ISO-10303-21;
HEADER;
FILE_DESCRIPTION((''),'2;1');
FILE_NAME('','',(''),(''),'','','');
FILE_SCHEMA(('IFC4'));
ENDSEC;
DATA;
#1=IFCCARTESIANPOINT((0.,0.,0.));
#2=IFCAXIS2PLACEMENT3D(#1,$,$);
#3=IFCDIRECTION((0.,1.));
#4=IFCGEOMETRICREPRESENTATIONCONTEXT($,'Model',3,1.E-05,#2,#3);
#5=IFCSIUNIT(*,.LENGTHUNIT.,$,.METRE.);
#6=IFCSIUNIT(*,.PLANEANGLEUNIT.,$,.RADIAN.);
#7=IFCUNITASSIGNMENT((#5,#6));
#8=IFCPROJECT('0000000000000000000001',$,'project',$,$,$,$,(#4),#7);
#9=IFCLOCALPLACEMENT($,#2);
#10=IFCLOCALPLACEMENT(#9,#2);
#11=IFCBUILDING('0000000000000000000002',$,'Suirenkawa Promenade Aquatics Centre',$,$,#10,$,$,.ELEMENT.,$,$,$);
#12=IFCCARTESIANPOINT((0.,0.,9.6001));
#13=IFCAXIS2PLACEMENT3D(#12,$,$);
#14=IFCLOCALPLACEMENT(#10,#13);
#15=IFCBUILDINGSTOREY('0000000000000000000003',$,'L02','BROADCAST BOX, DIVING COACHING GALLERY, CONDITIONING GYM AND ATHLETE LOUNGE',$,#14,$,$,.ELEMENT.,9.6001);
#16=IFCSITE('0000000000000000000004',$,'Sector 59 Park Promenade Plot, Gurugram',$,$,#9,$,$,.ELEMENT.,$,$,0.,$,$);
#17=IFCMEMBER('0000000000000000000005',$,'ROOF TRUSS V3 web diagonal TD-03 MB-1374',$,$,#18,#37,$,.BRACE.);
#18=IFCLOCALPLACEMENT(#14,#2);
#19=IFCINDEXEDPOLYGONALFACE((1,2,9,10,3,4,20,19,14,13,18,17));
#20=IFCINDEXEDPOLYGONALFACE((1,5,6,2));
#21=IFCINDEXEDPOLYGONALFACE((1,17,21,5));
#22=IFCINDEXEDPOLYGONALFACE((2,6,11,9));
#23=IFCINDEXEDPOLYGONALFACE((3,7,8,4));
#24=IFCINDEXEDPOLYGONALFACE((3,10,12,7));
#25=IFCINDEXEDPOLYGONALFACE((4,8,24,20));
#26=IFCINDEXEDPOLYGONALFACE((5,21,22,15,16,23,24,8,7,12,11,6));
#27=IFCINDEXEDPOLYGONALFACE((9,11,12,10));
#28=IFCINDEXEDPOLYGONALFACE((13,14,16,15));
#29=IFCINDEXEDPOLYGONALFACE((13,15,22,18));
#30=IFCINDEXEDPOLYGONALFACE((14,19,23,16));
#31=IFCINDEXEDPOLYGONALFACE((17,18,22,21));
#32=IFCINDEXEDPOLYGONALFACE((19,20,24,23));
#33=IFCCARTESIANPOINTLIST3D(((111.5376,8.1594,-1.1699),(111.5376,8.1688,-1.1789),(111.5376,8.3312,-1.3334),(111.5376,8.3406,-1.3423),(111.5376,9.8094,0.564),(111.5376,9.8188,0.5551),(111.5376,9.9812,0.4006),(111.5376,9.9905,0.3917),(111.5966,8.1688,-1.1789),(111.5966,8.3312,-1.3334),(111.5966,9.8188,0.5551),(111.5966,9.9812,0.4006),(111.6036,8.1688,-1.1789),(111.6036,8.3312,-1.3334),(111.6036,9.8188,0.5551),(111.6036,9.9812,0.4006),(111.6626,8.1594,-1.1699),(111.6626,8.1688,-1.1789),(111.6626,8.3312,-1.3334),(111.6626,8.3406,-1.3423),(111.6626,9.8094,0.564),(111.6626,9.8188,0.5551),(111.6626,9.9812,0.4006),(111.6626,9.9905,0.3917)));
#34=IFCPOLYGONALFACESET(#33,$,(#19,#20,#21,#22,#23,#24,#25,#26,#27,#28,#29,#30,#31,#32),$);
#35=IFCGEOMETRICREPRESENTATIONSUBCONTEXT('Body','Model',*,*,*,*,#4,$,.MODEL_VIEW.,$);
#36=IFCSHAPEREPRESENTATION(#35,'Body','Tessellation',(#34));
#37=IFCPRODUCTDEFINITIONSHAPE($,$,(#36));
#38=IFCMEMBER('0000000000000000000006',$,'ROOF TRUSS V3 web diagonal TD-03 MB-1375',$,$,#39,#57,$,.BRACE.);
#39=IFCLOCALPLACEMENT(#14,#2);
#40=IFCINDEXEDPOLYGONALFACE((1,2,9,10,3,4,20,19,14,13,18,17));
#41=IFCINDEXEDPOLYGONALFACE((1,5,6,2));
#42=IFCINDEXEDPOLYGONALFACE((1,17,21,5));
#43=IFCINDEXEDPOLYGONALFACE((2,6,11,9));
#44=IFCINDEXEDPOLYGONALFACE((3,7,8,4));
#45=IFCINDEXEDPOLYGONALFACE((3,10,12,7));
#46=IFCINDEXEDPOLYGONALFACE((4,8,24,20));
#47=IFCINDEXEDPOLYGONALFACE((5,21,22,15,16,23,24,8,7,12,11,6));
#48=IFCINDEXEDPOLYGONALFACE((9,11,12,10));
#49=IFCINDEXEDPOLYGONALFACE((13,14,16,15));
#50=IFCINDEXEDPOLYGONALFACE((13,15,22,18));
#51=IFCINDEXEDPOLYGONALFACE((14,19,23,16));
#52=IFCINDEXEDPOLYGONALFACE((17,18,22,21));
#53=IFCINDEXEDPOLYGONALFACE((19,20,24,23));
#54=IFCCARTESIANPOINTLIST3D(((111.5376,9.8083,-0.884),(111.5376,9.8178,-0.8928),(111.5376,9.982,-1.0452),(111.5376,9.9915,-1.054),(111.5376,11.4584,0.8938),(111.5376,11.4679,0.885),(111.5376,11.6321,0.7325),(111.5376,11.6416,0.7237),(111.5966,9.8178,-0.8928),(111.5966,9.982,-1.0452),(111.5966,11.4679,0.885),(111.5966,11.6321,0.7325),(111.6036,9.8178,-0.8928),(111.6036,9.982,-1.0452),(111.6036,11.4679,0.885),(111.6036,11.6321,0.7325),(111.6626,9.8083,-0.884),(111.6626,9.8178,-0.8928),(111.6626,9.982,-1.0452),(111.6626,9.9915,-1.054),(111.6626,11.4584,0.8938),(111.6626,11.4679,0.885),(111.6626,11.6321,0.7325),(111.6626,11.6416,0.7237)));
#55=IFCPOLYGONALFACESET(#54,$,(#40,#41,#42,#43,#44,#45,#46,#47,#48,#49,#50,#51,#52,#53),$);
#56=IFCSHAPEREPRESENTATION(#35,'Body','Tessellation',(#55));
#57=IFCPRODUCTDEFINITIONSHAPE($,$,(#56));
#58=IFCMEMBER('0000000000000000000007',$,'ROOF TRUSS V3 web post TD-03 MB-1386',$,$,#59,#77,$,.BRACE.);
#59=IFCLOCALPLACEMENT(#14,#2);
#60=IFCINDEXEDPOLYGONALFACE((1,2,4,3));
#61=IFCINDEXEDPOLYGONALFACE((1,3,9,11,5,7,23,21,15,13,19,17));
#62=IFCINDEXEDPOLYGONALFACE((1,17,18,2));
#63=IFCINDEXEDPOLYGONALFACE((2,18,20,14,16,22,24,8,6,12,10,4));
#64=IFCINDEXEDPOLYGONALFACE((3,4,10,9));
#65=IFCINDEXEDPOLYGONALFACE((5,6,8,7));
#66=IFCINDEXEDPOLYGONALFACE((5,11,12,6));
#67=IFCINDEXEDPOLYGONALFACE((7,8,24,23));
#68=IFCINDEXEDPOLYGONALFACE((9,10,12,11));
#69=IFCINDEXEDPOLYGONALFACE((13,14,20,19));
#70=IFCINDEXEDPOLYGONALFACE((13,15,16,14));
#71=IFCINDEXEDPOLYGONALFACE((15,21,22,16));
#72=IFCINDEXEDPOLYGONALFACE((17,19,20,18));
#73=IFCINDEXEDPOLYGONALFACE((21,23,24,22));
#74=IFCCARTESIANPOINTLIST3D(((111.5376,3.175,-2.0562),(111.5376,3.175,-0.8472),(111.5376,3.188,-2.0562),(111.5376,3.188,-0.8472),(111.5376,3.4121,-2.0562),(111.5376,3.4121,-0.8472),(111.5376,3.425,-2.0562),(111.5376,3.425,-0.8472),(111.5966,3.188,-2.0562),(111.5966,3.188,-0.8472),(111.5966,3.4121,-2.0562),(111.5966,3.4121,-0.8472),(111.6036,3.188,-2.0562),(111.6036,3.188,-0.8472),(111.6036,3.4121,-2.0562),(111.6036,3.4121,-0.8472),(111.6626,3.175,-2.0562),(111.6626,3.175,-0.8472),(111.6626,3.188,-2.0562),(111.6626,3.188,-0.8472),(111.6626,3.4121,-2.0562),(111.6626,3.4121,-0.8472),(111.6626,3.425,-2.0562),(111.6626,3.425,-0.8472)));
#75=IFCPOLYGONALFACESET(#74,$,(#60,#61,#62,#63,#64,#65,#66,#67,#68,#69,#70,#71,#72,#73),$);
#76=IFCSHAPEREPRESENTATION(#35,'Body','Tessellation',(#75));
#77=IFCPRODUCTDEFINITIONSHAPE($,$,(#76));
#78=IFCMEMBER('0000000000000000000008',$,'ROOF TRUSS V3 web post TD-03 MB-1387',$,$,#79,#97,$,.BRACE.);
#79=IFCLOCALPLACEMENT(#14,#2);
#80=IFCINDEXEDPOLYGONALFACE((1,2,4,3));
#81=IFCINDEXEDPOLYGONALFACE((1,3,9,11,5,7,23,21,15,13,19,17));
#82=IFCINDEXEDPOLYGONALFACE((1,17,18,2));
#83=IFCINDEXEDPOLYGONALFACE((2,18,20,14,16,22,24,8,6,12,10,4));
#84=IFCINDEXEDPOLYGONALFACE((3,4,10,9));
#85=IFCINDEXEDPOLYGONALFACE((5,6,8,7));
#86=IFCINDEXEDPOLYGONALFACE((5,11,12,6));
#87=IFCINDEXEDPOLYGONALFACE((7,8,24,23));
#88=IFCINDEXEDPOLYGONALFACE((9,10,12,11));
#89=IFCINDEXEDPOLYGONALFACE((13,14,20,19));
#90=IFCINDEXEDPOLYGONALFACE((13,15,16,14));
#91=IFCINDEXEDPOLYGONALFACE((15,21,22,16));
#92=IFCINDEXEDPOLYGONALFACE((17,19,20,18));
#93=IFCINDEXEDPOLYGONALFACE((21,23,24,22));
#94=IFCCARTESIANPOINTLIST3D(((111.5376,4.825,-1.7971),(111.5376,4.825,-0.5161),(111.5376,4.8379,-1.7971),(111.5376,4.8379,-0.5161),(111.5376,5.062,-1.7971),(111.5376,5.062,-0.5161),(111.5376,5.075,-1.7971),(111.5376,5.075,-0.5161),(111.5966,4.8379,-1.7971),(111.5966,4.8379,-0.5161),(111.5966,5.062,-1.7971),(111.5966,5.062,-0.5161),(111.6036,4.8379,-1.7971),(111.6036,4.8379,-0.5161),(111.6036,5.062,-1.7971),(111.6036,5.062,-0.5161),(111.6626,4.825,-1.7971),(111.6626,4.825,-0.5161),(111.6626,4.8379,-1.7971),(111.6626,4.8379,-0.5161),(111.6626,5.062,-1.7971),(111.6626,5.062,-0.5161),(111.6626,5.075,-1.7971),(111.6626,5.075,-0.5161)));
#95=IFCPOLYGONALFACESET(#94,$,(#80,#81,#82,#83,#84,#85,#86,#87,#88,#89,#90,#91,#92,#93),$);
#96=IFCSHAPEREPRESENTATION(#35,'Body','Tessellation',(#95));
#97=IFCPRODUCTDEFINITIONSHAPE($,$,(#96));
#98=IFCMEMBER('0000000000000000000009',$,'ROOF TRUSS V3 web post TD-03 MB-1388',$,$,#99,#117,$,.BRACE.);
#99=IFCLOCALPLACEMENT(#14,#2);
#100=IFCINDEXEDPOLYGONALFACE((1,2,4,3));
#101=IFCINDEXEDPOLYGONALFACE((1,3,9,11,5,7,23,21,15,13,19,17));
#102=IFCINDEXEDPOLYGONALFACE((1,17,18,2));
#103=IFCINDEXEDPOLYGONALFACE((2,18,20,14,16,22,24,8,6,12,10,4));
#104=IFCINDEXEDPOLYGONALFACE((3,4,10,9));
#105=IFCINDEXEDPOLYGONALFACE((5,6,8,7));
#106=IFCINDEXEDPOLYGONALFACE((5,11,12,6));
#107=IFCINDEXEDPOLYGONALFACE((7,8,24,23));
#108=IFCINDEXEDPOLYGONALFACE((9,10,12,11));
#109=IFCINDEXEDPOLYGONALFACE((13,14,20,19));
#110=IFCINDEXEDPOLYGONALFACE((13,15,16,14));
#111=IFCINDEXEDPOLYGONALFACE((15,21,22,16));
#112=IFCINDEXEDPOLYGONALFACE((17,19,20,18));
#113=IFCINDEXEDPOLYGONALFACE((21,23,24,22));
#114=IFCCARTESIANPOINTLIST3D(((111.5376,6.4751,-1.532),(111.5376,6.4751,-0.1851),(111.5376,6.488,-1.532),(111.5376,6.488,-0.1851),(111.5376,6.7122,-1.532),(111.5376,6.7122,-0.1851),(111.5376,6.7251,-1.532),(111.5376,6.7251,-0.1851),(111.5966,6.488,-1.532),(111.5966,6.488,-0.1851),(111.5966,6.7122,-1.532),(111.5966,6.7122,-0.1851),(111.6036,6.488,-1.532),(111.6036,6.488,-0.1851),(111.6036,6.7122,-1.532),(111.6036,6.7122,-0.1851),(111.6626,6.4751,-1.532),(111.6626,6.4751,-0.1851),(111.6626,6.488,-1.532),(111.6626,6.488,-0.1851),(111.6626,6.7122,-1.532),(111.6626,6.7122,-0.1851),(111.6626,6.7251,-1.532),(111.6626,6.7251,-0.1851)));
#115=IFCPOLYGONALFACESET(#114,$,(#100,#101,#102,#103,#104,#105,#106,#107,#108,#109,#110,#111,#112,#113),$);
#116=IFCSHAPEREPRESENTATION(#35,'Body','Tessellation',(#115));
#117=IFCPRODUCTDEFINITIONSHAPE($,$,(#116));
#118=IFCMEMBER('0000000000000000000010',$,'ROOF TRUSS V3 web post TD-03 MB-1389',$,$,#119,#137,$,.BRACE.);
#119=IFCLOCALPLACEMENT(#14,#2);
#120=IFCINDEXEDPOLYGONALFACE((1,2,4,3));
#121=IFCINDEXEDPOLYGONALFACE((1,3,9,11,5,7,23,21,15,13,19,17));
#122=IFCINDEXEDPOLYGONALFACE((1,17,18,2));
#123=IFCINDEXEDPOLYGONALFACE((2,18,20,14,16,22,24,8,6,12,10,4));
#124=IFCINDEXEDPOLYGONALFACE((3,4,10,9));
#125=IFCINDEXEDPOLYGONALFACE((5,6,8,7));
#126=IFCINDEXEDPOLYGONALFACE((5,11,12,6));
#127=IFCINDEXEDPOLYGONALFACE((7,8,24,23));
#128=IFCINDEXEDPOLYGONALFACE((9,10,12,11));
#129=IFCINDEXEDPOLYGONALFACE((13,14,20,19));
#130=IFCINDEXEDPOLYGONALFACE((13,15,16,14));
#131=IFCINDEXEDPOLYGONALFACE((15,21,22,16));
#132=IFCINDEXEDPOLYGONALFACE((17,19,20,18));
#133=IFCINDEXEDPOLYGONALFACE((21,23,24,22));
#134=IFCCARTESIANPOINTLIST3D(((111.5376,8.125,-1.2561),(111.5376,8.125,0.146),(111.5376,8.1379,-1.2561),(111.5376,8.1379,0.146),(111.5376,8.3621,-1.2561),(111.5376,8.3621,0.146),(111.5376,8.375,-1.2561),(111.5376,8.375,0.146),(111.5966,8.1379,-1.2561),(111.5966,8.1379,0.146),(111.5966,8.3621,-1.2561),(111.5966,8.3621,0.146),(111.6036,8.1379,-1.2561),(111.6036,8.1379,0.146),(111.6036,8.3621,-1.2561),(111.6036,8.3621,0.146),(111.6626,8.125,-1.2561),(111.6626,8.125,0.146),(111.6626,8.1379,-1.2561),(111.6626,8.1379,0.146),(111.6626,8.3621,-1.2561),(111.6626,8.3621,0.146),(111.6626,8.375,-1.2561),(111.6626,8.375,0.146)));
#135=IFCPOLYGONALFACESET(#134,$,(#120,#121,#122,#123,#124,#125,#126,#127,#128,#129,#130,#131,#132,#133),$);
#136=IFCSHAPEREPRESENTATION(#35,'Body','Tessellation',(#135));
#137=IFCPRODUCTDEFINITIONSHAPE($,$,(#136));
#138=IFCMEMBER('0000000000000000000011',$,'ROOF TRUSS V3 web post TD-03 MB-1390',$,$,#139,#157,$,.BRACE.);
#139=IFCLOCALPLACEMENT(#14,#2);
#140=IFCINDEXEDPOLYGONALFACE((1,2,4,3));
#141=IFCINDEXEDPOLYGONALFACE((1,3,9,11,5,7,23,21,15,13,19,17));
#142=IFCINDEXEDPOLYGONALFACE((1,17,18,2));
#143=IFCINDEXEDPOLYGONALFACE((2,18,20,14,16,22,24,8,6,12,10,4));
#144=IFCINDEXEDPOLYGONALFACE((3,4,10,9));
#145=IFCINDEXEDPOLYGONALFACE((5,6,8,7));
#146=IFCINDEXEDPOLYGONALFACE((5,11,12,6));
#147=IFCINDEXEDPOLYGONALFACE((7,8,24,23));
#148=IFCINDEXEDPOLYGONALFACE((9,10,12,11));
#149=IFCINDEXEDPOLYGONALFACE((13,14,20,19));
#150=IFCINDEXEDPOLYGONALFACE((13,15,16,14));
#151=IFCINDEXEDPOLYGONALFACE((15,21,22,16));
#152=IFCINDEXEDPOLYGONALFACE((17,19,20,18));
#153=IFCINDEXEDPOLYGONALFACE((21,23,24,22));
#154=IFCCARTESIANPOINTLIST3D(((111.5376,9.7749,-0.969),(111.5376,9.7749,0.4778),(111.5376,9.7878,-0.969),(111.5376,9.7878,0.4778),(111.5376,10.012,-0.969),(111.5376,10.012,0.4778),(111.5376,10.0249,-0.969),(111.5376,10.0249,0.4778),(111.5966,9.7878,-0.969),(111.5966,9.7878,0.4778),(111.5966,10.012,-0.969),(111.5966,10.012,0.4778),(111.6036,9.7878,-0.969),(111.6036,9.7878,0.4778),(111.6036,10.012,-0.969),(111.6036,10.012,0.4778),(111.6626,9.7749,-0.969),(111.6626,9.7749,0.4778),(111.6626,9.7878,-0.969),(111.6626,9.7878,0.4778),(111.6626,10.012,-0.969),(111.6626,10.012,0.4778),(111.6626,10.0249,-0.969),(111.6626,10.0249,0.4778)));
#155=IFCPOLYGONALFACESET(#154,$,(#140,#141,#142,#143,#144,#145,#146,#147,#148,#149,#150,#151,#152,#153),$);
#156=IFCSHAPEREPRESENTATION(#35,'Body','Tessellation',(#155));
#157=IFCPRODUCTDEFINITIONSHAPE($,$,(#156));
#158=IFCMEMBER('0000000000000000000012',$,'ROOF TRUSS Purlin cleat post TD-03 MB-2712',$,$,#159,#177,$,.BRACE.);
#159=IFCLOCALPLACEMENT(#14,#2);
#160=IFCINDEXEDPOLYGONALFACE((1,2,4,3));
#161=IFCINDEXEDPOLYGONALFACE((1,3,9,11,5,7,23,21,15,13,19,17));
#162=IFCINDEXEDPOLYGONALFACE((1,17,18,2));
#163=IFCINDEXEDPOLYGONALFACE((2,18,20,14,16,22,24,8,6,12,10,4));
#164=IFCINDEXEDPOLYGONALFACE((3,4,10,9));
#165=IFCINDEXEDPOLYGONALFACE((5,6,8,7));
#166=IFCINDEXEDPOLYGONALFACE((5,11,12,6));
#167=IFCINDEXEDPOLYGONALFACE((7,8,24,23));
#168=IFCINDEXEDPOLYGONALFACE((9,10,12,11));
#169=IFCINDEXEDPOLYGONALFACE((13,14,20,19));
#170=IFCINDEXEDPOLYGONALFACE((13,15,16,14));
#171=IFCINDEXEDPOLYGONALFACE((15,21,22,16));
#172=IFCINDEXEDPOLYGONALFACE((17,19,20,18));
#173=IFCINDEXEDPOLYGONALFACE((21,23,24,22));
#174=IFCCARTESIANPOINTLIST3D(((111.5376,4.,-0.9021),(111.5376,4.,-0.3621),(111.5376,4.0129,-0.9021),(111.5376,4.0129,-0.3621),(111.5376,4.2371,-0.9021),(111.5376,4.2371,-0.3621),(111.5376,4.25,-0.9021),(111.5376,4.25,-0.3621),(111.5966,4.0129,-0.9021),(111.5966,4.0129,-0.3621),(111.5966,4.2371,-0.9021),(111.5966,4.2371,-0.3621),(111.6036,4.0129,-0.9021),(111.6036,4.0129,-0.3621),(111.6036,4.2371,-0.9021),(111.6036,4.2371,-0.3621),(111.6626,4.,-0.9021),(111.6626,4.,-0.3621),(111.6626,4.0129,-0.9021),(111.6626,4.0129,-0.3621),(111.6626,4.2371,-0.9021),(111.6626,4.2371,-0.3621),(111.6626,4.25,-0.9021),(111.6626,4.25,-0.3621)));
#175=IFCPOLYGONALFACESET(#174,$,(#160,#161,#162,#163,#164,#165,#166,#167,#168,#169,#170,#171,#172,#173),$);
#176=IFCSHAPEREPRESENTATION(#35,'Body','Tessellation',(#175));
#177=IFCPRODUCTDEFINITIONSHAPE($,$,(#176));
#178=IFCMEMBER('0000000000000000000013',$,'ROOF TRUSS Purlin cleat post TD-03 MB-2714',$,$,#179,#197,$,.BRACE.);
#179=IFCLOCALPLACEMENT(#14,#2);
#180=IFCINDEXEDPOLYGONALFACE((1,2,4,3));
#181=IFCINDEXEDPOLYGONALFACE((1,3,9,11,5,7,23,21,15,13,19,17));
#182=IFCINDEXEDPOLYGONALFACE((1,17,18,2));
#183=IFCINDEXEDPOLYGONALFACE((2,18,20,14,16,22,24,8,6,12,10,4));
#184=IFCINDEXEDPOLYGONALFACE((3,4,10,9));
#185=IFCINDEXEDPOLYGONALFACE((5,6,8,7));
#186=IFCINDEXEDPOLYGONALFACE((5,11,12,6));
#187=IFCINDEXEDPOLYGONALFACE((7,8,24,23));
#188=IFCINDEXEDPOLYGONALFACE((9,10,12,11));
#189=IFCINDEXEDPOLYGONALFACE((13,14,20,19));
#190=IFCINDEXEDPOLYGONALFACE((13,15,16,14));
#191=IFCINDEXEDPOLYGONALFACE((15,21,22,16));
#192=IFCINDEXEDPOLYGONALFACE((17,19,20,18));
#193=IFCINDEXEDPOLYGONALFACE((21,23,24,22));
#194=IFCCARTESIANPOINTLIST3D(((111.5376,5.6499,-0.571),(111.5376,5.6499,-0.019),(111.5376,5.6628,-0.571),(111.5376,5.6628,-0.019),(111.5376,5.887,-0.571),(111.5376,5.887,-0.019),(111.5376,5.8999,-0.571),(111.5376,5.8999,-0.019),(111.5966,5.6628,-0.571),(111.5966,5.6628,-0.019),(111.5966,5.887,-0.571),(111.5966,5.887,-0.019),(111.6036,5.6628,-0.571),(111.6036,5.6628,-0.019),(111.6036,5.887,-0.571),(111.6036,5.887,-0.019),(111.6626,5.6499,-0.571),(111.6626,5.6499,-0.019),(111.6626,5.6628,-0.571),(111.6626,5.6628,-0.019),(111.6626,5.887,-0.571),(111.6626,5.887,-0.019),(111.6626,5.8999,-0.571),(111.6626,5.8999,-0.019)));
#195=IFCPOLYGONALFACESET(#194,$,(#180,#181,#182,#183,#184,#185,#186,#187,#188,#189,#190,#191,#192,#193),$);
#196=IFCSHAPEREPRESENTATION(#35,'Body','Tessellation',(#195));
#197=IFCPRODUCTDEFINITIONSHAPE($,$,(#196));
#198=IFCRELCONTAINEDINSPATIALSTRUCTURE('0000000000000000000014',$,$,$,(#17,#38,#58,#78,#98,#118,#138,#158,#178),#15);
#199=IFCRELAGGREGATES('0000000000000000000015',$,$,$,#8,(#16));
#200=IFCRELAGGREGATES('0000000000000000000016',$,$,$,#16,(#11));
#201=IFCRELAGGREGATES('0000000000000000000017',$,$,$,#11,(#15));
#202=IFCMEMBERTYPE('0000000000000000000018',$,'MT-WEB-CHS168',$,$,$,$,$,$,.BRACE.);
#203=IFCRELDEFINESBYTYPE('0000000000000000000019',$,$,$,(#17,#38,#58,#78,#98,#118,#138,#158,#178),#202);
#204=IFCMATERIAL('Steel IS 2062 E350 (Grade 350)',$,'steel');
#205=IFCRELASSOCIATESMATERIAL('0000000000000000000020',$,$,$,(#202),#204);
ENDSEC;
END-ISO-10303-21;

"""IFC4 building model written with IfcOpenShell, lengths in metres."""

from ifc_helpers import new_model, si_unit, direction, frame, origin, origin_2d, place, context, subcontext, project, spatial, i_section, extrude, material, material_profile, profile_set, type_object, element, save


model = new_model("IFC4")

# Units and contexts
model_context = context("Model", 3, precision=1e-05, world=origin(), true_north=direction((0.0, 1.0)))
body_context = subcontext(model_context, "Body", "Model", "MODEL_VIEW")
ifc_project = project(units=[si_unit("LENGTHUNIT", "METRE"), si_unit("PLANEANGLEUNIT", "RADIAN")], contexts=[model_context])

# Site, building, storey
site_placement = place(None, origin())
site = spatial("IfcSite", under=ifc_project, at=site_placement, Name="Sector 59 Park Promenade Plot, Gurugram", CompositionType="ELEMENT", RefElevation=0.0)
building_placement = place(site_placement, origin())
building = spatial("IfcBuilding", under=site, at=building_placement, Name="Suirenkawa Promenade Aquatics Centre", CompositionType="ELEMENT")
storey_placement = place(building_placement, frame((0.0, 0.0, 9.6001)))
storey = spatial("IfcBuildingStorey", under=building, at=storey_placement, Name="L02", Description="BROADCAST BOX, DIVING COACHING GALLERY, CONDITIONING GYM AND ATHLETE LOUNGE", CompositionType="ELEMENT", Elevation=9.6001)

# Shared definitions
ifc_material = material(Name="Steel IS 2062 E350 (Grade 350)", Category="steel")

# Members
ifc_material_profile_1 = material_profile(ifc_material, i_section(OverallWidth=0.125, OverallDepth=0.25, WebThickness=0.0071, FlangeThickness=0.0129, at=origin_2d()), Name="ISMB 250", Category="steel")
ifc_profile_set_1 = profile_set([ifc_material_profile_1], Name="Steel IS 2062 E350 (Grade 350)")
member_type_1 = type_object("IfcMemberType", Name="MT-WEB-CHS168", PredefinedType="BRACE", material=ifc_profile_set_1)
member_1_placement = place(storey_placement, frame((111.6001, 8.25, -1.2561), z_axis=(0.0, 0.689344, 0.724434), x_axis=(-1.0, 0.0, 0.0)))
element("IfcMember", 1, at=member_1_placement, inside=storey, type_object=member_type_1, Name="ROOF TRUSS V3 web diagonal TD-03 MB-1374", PredefinedType="BRACE", context=body_context, shape_type="SweptSolid", body=[
    extrude(i_section(OverallWidth=0.125, OverallDepth=0.25, WebThickness=0.0071, FlangeThickness=0.0129, at=origin_2d()), origin(), (0.0, 0.0, 1.0), 2.3936),
])
member_2_placement = place(storey_placement, frame((111.6001, 9.8999, -0.969), z_axis=(0.0, 0.680297, 0.732937), x_axis=(-1.0, 0.0, 0.0)))
element("IfcMember", 2, at=member_2_placement, inside=storey, type_object=member_type_1, Name="ROOF TRUSS V3 web diagonal TD-03 MB-1375", PredefinedType="BRACE", context=body_context, shape_type="SweptSolid", body=[
    extrude(i_section(OverallWidth=0.125, OverallDepth=0.25, WebThickness=0.0071, FlangeThickness=0.0129, at=origin_2d()), origin(), (0.0, 0.0, 1.0), 2.4255),
])
member_3_placement = place(storey_placement, frame((111.6001, 3.3, -2.0562), z_axis=(0.0, 0.0, 1.0), x_axis=(1.0, 0.0, 0.0)))
element("IfcMember", 3, at=member_3_placement, inside=storey, type_object=member_type_1, Name="ROOF TRUSS V3 web post TD-03 MB-1386", PredefinedType="BRACE", context=body_context, shape_type="SweptSolid", body=[
    extrude(i_section(OverallWidth=0.125, OverallDepth=0.25, WebThickness=0.0071, FlangeThickness=0.0129, at=origin_2d()), origin(), (0.0, 0.0, 1.0), 1.209),
])
member_4_placement = place(storey_placement, frame((111.6001, 4.95, -1.7971), z_axis=(0.0, 0.0, 1.0), x_axis=(1.0, 0.0, 0.0)))
element("IfcMember", 4, at=member_4_placement, inside=storey, type_object=member_type_1, Name="ROOF TRUSS V3 web post TD-03 MB-1387", PredefinedType="BRACE", context=body_context, shape_type="SweptSolid", body=[
    extrude(i_section(OverallWidth=0.125, OverallDepth=0.25, WebThickness=0.0071, FlangeThickness=0.0129, at=origin_2d()), origin(), (0.0, 0.0, 1.0), 1.281),
])
member_5_placement = place(storey_placement, frame((111.6001, 6.6001, -1.532), z_axis=(0.0, 0.0, 1.0), x_axis=(1.0, 0.0, 0.0)))
element("IfcMember", 5, at=member_5_placement, inside=storey, type_object=member_type_1, Name="ROOF TRUSS V3 web post TD-03 MB-1388", PredefinedType="BRACE", context=body_context, shape_type="SweptSolid", body=[
    extrude(i_section(OverallWidth=0.125, OverallDepth=0.25, WebThickness=0.0071, FlangeThickness=0.0129, at=origin_2d()), origin(), (0.0, 0.0, 1.0), 1.3469),
])
member_6_placement = place(storey_placement, frame((111.6001, 8.25, -1.2561), z_axis=(0.0, 0.0, 1.0), x_axis=(1.0, 0.0, 0.0)))
element("IfcMember", 6, at=member_6_placement, inside=storey, type_object=member_type_1, Name="ROOF TRUSS V3 web post TD-03 MB-1389", PredefinedType="BRACE", context=body_context, shape_type="SweptSolid", body=[
    extrude(i_section(OverallWidth=0.125, OverallDepth=0.25, WebThickness=0.0071, FlangeThickness=0.0129, at=origin_2d()), origin(), (0.0, 0.0, 1.0), 1.4021),
])
member_7_placement = place(storey_placement, frame((111.6001, 9.8999, -0.969), z_axis=(0.0, 0.0, 1.0), x_axis=(1.0, 0.0, 0.0)))
element("IfcMember", 7, at=member_7_placement, inside=storey, type_object=member_type_1, Name="ROOF TRUSS V3 web post TD-03 MB-1390", PredefinedType="BRACE", context=body_context, shape_type="SweptSolid", body=[
    extrude(i_section(OverallWidth=0.125, OverallDepth=0.25, WebThickness=0.0071, FlangeThickness=0.0129, at=origin_2d()), origin(), (0.0, 0.0, 1.0), 1.4468),
])
member_8_placement = place(storey_placement, frame((111.6001, 4.125, -0.9021), z_axis=(0.0, 0.0, 1.0), x_axis=(1.0, 0.0, 0.0)))
element("IfcMember", 8, at=member_8_placement, inside=storey, type_object=member_type_1, Name="ROOF TRUSS Purlin cleat post TD-03 MB-2712", PredefinedType="BRACE", context=body_context, shape_type="SweptSolid", body=[
    extrude(i_section(OverallWidth=0.125, OverallDepth=0.25, WebThickness=0.0071, FlangeThickness=0.0129, at=origin_2d()), origin(), (0.0, 0.0, 1.0), 0.54),
])
member_9_placement = place(storey_placement, frame((111.6001, 5.7749, -0.571), z_axis=(0.0, 0.0, 1.0), x_axis=(1.0, 0.0, 0.0)))
element("IfcMember", 9, at=member_9_placement, inside=storey, type_object=member_type_1, Name="ROOF TRUSS Purlin cleat post TD-03 MB-2714", PredefinedType="BRACE", context=body_context, shape_type="SweptSolid", body=[
    extrude(i_section(OverallWidth=0.125, OverallDepth=0.25, WebThickness=0.0071, FlangeThickness=0.0129, at=origin_2d()), origin(), (0.0, 0.0, 1.0), 0.552),
])

save(model, "model.ifc")
